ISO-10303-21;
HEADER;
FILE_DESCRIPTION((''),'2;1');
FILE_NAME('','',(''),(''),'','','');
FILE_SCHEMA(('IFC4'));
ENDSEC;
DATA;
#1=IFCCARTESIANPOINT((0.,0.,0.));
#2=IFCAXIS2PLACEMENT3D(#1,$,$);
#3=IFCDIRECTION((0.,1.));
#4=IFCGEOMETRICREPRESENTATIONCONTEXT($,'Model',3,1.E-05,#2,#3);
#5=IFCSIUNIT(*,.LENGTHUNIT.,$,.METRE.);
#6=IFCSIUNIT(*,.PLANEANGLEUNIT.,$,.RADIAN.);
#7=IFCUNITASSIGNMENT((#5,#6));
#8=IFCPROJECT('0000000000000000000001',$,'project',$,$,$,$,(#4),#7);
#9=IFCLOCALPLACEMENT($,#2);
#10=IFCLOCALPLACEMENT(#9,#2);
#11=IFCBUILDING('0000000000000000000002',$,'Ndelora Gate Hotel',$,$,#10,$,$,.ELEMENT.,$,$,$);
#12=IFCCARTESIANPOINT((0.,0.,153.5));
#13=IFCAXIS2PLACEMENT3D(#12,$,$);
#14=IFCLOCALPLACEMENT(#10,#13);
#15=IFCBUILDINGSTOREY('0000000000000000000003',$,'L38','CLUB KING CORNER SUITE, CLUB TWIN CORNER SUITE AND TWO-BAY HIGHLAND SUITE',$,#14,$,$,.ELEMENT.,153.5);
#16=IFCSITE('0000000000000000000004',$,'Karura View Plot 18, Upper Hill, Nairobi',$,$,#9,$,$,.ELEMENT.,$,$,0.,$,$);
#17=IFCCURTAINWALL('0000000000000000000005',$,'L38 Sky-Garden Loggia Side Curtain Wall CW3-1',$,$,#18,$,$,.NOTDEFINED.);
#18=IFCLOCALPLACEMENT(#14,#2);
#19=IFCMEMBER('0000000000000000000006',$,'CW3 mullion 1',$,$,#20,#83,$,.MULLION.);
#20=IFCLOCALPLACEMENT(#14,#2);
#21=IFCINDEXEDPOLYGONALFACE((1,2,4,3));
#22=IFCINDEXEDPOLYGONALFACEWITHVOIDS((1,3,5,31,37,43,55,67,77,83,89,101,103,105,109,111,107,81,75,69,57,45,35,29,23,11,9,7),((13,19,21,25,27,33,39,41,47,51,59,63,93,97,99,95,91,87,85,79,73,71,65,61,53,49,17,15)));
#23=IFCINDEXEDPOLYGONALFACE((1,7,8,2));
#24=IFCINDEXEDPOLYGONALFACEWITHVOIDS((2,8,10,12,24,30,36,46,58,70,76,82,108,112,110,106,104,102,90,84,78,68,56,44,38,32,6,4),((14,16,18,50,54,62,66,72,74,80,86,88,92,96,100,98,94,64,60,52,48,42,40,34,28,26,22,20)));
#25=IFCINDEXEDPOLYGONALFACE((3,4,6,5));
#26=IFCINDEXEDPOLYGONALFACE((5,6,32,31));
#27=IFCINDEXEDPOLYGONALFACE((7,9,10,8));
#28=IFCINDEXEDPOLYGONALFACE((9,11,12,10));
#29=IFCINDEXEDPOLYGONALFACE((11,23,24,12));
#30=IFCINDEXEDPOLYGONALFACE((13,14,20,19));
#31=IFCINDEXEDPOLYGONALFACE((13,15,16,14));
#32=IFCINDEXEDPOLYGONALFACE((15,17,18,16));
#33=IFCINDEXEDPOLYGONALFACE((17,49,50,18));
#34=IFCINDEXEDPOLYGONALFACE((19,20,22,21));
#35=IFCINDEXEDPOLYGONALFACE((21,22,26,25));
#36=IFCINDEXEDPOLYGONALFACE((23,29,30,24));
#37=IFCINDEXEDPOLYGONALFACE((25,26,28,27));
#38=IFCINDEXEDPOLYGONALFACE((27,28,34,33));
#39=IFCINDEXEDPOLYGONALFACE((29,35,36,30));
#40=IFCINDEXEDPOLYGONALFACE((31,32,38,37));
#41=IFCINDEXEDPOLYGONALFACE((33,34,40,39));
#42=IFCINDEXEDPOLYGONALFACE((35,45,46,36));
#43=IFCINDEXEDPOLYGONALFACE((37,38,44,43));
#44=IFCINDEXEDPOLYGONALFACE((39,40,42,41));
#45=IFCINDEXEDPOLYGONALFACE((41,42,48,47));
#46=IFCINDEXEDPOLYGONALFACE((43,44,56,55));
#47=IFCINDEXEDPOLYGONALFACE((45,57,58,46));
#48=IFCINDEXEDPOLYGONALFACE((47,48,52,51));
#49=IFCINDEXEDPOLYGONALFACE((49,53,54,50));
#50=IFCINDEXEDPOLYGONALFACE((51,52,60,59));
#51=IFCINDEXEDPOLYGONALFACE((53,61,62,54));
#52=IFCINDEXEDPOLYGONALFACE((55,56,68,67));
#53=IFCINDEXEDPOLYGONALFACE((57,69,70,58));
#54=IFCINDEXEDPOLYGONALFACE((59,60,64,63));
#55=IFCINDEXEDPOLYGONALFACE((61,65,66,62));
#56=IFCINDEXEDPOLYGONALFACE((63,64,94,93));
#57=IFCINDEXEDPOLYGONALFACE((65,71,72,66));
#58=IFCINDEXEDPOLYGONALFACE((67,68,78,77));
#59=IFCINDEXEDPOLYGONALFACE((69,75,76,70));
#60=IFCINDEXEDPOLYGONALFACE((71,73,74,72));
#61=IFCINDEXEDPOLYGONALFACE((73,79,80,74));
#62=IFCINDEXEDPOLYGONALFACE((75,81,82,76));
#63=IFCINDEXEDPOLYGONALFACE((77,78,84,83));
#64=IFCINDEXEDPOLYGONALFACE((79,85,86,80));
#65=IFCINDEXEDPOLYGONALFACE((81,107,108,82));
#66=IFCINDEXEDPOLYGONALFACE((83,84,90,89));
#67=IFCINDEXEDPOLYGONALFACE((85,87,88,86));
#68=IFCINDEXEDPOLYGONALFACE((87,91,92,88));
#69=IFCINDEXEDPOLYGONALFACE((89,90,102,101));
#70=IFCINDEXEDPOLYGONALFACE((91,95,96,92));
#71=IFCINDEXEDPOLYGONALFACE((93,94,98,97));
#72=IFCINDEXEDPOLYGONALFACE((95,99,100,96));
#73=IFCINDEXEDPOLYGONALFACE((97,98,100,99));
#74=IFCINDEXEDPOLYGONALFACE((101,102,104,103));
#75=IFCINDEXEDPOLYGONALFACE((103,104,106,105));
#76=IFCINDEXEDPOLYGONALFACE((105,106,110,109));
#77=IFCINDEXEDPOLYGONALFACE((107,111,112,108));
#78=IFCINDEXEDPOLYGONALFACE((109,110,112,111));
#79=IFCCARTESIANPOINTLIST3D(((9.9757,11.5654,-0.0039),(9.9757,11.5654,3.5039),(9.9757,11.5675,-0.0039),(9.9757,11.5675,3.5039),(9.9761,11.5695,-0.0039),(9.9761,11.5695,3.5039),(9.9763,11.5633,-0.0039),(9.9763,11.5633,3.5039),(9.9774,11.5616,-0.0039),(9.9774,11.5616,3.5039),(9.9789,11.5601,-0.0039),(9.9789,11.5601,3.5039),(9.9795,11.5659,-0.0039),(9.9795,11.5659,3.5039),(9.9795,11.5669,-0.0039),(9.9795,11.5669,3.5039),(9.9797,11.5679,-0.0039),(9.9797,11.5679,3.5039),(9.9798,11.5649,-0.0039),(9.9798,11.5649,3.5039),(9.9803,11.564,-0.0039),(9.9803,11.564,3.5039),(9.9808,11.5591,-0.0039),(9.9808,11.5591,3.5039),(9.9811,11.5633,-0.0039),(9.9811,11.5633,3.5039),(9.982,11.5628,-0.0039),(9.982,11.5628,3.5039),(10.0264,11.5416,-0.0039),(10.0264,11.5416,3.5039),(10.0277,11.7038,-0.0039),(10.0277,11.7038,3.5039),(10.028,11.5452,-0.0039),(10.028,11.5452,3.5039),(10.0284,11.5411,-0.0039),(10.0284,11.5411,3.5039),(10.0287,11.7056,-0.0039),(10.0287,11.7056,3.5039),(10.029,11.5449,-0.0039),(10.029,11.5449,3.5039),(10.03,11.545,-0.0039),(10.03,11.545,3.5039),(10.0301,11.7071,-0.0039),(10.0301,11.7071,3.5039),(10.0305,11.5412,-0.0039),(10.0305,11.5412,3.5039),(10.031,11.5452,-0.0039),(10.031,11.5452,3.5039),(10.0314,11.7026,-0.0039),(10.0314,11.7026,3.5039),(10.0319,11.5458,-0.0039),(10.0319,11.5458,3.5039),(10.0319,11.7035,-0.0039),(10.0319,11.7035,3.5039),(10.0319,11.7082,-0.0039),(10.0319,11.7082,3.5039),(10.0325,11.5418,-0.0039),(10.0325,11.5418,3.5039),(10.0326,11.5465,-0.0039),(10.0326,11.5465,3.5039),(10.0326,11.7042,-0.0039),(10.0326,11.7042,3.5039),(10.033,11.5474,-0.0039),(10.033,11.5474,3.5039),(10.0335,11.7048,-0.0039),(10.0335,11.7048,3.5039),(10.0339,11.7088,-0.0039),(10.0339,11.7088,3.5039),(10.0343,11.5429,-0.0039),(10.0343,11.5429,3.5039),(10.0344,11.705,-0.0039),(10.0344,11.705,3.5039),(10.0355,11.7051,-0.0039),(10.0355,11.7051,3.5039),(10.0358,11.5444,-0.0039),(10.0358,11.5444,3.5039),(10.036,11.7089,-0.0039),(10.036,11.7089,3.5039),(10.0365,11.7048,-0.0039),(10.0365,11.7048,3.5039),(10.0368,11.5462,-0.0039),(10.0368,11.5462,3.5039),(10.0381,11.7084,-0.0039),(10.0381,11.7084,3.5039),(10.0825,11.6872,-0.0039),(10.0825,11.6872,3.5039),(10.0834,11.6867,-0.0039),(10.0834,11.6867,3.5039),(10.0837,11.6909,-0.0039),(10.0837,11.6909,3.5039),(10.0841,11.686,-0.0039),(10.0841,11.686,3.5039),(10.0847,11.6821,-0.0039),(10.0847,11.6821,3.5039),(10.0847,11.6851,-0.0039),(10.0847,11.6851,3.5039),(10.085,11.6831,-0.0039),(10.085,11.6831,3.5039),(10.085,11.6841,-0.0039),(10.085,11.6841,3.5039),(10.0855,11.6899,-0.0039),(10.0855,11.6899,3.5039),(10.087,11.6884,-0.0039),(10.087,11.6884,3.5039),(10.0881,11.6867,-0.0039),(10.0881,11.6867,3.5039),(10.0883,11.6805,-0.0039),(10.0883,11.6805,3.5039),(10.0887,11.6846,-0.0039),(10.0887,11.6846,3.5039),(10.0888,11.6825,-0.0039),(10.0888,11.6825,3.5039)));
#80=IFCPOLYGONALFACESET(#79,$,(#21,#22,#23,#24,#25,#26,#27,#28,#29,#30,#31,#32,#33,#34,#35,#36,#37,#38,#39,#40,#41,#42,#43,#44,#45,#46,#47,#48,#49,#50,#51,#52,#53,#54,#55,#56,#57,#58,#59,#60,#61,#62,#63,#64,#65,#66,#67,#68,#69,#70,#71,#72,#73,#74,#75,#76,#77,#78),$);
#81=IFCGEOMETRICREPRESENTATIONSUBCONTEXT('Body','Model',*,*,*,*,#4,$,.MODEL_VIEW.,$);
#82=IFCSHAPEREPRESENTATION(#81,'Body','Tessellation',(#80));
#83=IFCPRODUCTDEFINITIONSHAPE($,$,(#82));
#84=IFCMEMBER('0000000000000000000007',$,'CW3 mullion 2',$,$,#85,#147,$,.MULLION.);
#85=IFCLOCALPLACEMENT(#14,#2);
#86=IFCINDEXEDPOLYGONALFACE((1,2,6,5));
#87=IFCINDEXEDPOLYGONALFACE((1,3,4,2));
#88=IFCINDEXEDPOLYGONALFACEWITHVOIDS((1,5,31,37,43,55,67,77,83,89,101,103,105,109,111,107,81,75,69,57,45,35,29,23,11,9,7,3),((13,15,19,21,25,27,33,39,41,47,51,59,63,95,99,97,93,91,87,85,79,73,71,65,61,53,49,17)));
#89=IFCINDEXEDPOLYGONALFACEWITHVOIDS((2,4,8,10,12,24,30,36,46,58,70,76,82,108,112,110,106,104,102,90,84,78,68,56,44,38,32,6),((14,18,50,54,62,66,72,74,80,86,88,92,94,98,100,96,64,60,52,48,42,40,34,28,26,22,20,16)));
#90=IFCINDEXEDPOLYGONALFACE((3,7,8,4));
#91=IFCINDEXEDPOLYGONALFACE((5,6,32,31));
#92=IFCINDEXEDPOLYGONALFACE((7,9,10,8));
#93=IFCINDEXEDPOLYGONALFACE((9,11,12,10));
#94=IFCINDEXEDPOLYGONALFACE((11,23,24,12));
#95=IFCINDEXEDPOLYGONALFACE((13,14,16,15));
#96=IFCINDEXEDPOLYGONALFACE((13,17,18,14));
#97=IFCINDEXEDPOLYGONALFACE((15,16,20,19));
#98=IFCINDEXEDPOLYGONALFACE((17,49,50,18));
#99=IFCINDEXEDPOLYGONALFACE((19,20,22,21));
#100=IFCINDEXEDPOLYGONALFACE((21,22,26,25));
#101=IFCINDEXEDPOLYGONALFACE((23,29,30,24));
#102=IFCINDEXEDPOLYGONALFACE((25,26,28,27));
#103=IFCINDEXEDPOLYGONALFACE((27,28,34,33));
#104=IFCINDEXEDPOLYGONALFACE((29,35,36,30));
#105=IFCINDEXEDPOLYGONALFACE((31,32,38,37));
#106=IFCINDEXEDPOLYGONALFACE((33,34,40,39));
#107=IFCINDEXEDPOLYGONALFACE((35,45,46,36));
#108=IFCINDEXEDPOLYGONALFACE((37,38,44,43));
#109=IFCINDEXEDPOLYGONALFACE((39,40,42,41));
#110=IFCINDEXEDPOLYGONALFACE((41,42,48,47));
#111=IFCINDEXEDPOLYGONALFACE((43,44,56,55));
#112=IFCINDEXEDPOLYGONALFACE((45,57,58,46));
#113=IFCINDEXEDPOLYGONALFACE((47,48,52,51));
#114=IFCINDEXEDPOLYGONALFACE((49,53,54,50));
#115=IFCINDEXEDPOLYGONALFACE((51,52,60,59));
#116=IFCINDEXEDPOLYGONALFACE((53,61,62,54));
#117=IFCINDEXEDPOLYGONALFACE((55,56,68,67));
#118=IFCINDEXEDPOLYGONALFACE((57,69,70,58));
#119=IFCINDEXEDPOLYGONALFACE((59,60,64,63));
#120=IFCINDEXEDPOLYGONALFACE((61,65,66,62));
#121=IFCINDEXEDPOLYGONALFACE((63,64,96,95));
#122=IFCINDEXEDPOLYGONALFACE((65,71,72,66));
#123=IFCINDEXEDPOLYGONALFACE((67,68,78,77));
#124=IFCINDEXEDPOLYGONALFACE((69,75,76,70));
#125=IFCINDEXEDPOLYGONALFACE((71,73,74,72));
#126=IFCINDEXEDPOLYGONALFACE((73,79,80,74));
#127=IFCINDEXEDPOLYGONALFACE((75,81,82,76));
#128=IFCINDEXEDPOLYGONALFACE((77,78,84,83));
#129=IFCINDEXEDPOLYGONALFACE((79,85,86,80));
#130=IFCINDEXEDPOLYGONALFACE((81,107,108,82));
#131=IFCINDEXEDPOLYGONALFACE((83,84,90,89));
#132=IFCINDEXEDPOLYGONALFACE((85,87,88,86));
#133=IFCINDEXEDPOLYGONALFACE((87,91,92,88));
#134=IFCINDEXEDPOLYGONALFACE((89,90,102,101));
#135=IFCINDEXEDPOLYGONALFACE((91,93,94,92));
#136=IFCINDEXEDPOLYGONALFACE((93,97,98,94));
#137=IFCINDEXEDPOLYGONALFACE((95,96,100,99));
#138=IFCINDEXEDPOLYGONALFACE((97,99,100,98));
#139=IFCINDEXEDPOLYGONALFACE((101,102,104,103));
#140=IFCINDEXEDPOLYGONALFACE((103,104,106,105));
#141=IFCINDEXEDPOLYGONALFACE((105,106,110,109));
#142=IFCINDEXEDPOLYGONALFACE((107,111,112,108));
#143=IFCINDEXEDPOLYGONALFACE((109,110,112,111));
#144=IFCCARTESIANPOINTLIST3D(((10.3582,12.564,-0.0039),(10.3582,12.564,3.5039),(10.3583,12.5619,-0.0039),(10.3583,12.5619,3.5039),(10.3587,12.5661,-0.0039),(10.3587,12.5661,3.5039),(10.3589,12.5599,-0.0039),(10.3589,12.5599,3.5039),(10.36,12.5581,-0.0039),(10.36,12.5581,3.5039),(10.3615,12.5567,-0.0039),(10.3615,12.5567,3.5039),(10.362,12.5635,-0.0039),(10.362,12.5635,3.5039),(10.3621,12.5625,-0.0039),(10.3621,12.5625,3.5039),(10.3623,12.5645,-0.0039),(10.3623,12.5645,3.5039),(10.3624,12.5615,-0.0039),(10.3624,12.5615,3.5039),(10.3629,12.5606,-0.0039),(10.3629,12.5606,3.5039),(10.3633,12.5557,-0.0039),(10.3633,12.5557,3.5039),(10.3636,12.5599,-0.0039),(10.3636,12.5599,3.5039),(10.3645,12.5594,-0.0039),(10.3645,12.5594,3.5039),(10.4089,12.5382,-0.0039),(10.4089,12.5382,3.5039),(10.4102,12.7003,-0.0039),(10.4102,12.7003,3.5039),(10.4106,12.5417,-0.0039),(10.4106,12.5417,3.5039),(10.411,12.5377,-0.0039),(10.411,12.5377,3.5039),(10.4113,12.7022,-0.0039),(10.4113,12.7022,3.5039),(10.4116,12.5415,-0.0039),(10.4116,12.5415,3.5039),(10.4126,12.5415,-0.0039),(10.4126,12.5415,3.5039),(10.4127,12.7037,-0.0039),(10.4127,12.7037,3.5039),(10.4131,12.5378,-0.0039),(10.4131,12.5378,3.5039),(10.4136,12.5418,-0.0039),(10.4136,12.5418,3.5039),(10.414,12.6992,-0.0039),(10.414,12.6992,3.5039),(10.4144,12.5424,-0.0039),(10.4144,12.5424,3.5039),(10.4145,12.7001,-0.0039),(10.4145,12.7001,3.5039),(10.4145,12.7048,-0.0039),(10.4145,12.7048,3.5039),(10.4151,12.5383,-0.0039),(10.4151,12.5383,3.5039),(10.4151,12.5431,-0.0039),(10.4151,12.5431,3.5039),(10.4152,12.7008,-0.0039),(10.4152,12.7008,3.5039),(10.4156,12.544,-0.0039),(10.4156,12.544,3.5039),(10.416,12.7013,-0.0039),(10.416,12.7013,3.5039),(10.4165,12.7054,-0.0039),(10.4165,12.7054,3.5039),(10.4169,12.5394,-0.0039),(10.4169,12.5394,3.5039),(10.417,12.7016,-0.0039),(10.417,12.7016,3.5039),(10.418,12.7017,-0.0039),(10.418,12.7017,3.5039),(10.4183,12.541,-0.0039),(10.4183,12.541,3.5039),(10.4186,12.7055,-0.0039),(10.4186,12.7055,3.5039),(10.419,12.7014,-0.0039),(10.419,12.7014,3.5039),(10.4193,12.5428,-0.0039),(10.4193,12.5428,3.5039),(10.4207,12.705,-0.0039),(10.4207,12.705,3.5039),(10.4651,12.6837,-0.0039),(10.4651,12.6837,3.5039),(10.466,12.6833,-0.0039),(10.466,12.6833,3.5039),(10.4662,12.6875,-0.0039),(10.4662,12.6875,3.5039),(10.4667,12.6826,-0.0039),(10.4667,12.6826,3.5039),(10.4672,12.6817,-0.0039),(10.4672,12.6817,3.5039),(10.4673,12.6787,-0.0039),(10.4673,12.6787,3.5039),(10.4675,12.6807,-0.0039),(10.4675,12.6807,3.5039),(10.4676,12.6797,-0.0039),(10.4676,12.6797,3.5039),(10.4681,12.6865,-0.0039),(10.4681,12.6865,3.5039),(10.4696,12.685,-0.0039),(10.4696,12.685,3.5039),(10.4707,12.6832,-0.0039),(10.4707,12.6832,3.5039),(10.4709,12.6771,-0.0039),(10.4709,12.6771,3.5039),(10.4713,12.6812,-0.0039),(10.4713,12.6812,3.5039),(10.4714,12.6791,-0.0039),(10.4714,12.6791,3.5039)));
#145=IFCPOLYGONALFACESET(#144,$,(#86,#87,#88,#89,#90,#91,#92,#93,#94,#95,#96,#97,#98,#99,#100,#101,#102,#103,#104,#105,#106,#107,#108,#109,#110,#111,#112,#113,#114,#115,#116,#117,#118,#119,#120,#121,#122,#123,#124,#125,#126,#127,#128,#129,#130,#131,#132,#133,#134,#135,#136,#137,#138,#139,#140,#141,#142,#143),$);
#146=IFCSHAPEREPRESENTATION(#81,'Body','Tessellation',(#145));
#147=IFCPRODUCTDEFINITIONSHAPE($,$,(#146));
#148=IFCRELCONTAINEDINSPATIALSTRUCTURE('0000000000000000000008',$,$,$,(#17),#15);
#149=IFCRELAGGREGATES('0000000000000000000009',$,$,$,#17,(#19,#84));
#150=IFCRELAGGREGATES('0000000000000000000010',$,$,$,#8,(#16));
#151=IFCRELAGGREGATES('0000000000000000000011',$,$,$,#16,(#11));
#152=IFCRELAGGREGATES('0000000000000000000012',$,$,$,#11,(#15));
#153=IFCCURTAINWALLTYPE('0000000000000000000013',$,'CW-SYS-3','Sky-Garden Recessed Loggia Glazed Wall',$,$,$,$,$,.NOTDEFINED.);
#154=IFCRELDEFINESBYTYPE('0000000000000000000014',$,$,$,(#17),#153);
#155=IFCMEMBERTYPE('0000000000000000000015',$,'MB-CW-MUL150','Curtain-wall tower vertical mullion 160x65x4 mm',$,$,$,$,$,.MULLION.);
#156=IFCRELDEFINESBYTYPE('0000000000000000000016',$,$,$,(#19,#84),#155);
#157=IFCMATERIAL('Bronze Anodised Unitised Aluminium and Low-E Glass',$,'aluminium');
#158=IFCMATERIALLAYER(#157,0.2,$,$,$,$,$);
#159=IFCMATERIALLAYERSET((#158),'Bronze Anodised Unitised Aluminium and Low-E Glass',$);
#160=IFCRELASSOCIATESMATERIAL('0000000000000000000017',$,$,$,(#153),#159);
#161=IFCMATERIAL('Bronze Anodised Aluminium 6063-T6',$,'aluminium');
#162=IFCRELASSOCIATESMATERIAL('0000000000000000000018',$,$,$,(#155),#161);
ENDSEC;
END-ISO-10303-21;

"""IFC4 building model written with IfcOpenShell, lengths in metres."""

from ifc_helpers import new_model, si_unit, direction, frame, origin, origin_2d, place, context, subcontext, project, spatial, hollow_rectangle, extrude, material, layer, layer_set, material_profile, profile_set, type_object, element, aggregate, save


model = new_model("IFC4")

# Units and contexts
model_context = context("Model", 3, precision=1e-05, world=origin(), true_north=direction((0.0, 1.0)))
body_context = subcontext(model_context, "Body", "Model", "MODEL_VIEW")
ifc_project = project(units=[si_unit("LENGTHUNIT", "METRE"), si_unit("PLANEANGLEUNIT", "RADIAN")], contexts=[model_context])

# Site, building, storey
site_placement = place(None, origin())
site = spatial("IfcSite", under=ifc_project, at=site_placement, Name="Karura View Plot 18, Upper Hill, Nairobi", CompositionType="ELEMENT", RefElevation=0.0)
building_placement = place(site_placement, origin())
building = spatial("IfcBuilding", under=site, at=building_placement, Name="Ndelora Gate Hotel", CompositionType="ELEMENT")
storey_placement = place(building_placement, frame((0.0, 0.0, 153.5)))
storey = spatial("IfcBuildingStorey", under=building, at=storey_placement, Name="L38", Description="CLUB KING CORNER SUITE, CLUB TWIN CORNER SUITE AND TWO-BAY HIGHLAND SUITE", CompositionType="ELEMENT", Elevation=153.5)

# Curtain wall, members
ifc_material_1 = material(Name="Bronze Anodised Unitised Aluminium and Low-E Glass", Category="aluminium")
ifc_layer_1 = layer(ifc_material_1, 0.2)
ifc_layer_set_1 = layer_set([ifc_layer_1], Name="Bronze Anodised Unitised Aluminium and Low-E Glass")
curtain_wall_type = type_object("IfcCurtainWallType", Name="CW-SYS-3", Description="Sky-Garden Recessed Loggia Glazed Wall", PredefinedType="NOTDEFINED", material=ifc_layer_set_1)
curtain_wall_placement = place(storey_placement, origin())
curtain_wall = element("IfcCurtainWall", 1, at=curtain_wall_placement, inside=storey, type_object=curtain_wall_type, Name="L38 Sky-Garden Loggia Side Curtain Wall CW3-1", PredefinedType="NOTDEFINED")
ifc_material_2 = material(Name="Bronze Anodised Aluminium 6063-T6", Category="aluminium")
ifc_material_profile_1 = material_profile(ifc_material_2, hollow_rectangle(XDim=0.0649, YDim=0.1599, WallThickness=0.0039, InnerFilletRadius=0.0039, OuterFilletRadius=0.0081, at=origin_2d()), Name="ALU 160x65x4")
ifc_profile_set_1 = profile_set([ifc_material_profile_1], Name="Bronze Anodised Aluminium 6063-T6")
member_type_1 = type_object("IfcMemberType", Name="MB-CW-MUL150", Description="Curtain-wall tower vertical mullion 160x65x4 mm", PredefinedType="MULLION", material=ifc_profile_set_1)
member_1_placement = place(storey_placement, frame((10.0322, 11.625, -0.0039), z_axis=(0.0, 0.0, 1.0), x_axis=(-0.933583, 0.358361, 0.0)))
member_1 = element("IfcMember", 2, at=member_1_placement, type_object=member_type_1, Name="CW3 mullion 1", PredefinedType="MULLION", context=body_context, shape_type="SweptSolid", body=[
    extrude(hollow_rectangle(XDim=0.0649, YDim=0.1599, WallThickness=0.0039, InnerFilletRadius=0.0039, OuterFilletRadius=0.0081, at=origin_2d()), origin(), (0.0, 0.0, 1.0), 3.5078),
])
member_2_placement = place(storey_placement, frame((10.4148, 12.6216, -0.0039), z_axis=(0.0, 0.0, 1.0), x_axis=(-0.933583, 0.358361, 0.0)))
member_2 = element("IfcMember", 3, at=member_2_placement, type_object=member_type_1, Name="CW3 mullion 2", PredefinedType="MULLION", context=body_context, shape_type="SweptSolid", body=[
    extrude(hollow_rectangle(XDim=0.0649, YDim=0.1599, WallThickness=0.0039, InnerFilletRadius=0.0039, OuterFilletRadius=0.0081, at=origin_2d()), origin(), (0.0, 0.0, 1.0), 3.5078),
])
aggregate(curtain_wall, [member_1, member_2])

save(model, "model.ifc")
